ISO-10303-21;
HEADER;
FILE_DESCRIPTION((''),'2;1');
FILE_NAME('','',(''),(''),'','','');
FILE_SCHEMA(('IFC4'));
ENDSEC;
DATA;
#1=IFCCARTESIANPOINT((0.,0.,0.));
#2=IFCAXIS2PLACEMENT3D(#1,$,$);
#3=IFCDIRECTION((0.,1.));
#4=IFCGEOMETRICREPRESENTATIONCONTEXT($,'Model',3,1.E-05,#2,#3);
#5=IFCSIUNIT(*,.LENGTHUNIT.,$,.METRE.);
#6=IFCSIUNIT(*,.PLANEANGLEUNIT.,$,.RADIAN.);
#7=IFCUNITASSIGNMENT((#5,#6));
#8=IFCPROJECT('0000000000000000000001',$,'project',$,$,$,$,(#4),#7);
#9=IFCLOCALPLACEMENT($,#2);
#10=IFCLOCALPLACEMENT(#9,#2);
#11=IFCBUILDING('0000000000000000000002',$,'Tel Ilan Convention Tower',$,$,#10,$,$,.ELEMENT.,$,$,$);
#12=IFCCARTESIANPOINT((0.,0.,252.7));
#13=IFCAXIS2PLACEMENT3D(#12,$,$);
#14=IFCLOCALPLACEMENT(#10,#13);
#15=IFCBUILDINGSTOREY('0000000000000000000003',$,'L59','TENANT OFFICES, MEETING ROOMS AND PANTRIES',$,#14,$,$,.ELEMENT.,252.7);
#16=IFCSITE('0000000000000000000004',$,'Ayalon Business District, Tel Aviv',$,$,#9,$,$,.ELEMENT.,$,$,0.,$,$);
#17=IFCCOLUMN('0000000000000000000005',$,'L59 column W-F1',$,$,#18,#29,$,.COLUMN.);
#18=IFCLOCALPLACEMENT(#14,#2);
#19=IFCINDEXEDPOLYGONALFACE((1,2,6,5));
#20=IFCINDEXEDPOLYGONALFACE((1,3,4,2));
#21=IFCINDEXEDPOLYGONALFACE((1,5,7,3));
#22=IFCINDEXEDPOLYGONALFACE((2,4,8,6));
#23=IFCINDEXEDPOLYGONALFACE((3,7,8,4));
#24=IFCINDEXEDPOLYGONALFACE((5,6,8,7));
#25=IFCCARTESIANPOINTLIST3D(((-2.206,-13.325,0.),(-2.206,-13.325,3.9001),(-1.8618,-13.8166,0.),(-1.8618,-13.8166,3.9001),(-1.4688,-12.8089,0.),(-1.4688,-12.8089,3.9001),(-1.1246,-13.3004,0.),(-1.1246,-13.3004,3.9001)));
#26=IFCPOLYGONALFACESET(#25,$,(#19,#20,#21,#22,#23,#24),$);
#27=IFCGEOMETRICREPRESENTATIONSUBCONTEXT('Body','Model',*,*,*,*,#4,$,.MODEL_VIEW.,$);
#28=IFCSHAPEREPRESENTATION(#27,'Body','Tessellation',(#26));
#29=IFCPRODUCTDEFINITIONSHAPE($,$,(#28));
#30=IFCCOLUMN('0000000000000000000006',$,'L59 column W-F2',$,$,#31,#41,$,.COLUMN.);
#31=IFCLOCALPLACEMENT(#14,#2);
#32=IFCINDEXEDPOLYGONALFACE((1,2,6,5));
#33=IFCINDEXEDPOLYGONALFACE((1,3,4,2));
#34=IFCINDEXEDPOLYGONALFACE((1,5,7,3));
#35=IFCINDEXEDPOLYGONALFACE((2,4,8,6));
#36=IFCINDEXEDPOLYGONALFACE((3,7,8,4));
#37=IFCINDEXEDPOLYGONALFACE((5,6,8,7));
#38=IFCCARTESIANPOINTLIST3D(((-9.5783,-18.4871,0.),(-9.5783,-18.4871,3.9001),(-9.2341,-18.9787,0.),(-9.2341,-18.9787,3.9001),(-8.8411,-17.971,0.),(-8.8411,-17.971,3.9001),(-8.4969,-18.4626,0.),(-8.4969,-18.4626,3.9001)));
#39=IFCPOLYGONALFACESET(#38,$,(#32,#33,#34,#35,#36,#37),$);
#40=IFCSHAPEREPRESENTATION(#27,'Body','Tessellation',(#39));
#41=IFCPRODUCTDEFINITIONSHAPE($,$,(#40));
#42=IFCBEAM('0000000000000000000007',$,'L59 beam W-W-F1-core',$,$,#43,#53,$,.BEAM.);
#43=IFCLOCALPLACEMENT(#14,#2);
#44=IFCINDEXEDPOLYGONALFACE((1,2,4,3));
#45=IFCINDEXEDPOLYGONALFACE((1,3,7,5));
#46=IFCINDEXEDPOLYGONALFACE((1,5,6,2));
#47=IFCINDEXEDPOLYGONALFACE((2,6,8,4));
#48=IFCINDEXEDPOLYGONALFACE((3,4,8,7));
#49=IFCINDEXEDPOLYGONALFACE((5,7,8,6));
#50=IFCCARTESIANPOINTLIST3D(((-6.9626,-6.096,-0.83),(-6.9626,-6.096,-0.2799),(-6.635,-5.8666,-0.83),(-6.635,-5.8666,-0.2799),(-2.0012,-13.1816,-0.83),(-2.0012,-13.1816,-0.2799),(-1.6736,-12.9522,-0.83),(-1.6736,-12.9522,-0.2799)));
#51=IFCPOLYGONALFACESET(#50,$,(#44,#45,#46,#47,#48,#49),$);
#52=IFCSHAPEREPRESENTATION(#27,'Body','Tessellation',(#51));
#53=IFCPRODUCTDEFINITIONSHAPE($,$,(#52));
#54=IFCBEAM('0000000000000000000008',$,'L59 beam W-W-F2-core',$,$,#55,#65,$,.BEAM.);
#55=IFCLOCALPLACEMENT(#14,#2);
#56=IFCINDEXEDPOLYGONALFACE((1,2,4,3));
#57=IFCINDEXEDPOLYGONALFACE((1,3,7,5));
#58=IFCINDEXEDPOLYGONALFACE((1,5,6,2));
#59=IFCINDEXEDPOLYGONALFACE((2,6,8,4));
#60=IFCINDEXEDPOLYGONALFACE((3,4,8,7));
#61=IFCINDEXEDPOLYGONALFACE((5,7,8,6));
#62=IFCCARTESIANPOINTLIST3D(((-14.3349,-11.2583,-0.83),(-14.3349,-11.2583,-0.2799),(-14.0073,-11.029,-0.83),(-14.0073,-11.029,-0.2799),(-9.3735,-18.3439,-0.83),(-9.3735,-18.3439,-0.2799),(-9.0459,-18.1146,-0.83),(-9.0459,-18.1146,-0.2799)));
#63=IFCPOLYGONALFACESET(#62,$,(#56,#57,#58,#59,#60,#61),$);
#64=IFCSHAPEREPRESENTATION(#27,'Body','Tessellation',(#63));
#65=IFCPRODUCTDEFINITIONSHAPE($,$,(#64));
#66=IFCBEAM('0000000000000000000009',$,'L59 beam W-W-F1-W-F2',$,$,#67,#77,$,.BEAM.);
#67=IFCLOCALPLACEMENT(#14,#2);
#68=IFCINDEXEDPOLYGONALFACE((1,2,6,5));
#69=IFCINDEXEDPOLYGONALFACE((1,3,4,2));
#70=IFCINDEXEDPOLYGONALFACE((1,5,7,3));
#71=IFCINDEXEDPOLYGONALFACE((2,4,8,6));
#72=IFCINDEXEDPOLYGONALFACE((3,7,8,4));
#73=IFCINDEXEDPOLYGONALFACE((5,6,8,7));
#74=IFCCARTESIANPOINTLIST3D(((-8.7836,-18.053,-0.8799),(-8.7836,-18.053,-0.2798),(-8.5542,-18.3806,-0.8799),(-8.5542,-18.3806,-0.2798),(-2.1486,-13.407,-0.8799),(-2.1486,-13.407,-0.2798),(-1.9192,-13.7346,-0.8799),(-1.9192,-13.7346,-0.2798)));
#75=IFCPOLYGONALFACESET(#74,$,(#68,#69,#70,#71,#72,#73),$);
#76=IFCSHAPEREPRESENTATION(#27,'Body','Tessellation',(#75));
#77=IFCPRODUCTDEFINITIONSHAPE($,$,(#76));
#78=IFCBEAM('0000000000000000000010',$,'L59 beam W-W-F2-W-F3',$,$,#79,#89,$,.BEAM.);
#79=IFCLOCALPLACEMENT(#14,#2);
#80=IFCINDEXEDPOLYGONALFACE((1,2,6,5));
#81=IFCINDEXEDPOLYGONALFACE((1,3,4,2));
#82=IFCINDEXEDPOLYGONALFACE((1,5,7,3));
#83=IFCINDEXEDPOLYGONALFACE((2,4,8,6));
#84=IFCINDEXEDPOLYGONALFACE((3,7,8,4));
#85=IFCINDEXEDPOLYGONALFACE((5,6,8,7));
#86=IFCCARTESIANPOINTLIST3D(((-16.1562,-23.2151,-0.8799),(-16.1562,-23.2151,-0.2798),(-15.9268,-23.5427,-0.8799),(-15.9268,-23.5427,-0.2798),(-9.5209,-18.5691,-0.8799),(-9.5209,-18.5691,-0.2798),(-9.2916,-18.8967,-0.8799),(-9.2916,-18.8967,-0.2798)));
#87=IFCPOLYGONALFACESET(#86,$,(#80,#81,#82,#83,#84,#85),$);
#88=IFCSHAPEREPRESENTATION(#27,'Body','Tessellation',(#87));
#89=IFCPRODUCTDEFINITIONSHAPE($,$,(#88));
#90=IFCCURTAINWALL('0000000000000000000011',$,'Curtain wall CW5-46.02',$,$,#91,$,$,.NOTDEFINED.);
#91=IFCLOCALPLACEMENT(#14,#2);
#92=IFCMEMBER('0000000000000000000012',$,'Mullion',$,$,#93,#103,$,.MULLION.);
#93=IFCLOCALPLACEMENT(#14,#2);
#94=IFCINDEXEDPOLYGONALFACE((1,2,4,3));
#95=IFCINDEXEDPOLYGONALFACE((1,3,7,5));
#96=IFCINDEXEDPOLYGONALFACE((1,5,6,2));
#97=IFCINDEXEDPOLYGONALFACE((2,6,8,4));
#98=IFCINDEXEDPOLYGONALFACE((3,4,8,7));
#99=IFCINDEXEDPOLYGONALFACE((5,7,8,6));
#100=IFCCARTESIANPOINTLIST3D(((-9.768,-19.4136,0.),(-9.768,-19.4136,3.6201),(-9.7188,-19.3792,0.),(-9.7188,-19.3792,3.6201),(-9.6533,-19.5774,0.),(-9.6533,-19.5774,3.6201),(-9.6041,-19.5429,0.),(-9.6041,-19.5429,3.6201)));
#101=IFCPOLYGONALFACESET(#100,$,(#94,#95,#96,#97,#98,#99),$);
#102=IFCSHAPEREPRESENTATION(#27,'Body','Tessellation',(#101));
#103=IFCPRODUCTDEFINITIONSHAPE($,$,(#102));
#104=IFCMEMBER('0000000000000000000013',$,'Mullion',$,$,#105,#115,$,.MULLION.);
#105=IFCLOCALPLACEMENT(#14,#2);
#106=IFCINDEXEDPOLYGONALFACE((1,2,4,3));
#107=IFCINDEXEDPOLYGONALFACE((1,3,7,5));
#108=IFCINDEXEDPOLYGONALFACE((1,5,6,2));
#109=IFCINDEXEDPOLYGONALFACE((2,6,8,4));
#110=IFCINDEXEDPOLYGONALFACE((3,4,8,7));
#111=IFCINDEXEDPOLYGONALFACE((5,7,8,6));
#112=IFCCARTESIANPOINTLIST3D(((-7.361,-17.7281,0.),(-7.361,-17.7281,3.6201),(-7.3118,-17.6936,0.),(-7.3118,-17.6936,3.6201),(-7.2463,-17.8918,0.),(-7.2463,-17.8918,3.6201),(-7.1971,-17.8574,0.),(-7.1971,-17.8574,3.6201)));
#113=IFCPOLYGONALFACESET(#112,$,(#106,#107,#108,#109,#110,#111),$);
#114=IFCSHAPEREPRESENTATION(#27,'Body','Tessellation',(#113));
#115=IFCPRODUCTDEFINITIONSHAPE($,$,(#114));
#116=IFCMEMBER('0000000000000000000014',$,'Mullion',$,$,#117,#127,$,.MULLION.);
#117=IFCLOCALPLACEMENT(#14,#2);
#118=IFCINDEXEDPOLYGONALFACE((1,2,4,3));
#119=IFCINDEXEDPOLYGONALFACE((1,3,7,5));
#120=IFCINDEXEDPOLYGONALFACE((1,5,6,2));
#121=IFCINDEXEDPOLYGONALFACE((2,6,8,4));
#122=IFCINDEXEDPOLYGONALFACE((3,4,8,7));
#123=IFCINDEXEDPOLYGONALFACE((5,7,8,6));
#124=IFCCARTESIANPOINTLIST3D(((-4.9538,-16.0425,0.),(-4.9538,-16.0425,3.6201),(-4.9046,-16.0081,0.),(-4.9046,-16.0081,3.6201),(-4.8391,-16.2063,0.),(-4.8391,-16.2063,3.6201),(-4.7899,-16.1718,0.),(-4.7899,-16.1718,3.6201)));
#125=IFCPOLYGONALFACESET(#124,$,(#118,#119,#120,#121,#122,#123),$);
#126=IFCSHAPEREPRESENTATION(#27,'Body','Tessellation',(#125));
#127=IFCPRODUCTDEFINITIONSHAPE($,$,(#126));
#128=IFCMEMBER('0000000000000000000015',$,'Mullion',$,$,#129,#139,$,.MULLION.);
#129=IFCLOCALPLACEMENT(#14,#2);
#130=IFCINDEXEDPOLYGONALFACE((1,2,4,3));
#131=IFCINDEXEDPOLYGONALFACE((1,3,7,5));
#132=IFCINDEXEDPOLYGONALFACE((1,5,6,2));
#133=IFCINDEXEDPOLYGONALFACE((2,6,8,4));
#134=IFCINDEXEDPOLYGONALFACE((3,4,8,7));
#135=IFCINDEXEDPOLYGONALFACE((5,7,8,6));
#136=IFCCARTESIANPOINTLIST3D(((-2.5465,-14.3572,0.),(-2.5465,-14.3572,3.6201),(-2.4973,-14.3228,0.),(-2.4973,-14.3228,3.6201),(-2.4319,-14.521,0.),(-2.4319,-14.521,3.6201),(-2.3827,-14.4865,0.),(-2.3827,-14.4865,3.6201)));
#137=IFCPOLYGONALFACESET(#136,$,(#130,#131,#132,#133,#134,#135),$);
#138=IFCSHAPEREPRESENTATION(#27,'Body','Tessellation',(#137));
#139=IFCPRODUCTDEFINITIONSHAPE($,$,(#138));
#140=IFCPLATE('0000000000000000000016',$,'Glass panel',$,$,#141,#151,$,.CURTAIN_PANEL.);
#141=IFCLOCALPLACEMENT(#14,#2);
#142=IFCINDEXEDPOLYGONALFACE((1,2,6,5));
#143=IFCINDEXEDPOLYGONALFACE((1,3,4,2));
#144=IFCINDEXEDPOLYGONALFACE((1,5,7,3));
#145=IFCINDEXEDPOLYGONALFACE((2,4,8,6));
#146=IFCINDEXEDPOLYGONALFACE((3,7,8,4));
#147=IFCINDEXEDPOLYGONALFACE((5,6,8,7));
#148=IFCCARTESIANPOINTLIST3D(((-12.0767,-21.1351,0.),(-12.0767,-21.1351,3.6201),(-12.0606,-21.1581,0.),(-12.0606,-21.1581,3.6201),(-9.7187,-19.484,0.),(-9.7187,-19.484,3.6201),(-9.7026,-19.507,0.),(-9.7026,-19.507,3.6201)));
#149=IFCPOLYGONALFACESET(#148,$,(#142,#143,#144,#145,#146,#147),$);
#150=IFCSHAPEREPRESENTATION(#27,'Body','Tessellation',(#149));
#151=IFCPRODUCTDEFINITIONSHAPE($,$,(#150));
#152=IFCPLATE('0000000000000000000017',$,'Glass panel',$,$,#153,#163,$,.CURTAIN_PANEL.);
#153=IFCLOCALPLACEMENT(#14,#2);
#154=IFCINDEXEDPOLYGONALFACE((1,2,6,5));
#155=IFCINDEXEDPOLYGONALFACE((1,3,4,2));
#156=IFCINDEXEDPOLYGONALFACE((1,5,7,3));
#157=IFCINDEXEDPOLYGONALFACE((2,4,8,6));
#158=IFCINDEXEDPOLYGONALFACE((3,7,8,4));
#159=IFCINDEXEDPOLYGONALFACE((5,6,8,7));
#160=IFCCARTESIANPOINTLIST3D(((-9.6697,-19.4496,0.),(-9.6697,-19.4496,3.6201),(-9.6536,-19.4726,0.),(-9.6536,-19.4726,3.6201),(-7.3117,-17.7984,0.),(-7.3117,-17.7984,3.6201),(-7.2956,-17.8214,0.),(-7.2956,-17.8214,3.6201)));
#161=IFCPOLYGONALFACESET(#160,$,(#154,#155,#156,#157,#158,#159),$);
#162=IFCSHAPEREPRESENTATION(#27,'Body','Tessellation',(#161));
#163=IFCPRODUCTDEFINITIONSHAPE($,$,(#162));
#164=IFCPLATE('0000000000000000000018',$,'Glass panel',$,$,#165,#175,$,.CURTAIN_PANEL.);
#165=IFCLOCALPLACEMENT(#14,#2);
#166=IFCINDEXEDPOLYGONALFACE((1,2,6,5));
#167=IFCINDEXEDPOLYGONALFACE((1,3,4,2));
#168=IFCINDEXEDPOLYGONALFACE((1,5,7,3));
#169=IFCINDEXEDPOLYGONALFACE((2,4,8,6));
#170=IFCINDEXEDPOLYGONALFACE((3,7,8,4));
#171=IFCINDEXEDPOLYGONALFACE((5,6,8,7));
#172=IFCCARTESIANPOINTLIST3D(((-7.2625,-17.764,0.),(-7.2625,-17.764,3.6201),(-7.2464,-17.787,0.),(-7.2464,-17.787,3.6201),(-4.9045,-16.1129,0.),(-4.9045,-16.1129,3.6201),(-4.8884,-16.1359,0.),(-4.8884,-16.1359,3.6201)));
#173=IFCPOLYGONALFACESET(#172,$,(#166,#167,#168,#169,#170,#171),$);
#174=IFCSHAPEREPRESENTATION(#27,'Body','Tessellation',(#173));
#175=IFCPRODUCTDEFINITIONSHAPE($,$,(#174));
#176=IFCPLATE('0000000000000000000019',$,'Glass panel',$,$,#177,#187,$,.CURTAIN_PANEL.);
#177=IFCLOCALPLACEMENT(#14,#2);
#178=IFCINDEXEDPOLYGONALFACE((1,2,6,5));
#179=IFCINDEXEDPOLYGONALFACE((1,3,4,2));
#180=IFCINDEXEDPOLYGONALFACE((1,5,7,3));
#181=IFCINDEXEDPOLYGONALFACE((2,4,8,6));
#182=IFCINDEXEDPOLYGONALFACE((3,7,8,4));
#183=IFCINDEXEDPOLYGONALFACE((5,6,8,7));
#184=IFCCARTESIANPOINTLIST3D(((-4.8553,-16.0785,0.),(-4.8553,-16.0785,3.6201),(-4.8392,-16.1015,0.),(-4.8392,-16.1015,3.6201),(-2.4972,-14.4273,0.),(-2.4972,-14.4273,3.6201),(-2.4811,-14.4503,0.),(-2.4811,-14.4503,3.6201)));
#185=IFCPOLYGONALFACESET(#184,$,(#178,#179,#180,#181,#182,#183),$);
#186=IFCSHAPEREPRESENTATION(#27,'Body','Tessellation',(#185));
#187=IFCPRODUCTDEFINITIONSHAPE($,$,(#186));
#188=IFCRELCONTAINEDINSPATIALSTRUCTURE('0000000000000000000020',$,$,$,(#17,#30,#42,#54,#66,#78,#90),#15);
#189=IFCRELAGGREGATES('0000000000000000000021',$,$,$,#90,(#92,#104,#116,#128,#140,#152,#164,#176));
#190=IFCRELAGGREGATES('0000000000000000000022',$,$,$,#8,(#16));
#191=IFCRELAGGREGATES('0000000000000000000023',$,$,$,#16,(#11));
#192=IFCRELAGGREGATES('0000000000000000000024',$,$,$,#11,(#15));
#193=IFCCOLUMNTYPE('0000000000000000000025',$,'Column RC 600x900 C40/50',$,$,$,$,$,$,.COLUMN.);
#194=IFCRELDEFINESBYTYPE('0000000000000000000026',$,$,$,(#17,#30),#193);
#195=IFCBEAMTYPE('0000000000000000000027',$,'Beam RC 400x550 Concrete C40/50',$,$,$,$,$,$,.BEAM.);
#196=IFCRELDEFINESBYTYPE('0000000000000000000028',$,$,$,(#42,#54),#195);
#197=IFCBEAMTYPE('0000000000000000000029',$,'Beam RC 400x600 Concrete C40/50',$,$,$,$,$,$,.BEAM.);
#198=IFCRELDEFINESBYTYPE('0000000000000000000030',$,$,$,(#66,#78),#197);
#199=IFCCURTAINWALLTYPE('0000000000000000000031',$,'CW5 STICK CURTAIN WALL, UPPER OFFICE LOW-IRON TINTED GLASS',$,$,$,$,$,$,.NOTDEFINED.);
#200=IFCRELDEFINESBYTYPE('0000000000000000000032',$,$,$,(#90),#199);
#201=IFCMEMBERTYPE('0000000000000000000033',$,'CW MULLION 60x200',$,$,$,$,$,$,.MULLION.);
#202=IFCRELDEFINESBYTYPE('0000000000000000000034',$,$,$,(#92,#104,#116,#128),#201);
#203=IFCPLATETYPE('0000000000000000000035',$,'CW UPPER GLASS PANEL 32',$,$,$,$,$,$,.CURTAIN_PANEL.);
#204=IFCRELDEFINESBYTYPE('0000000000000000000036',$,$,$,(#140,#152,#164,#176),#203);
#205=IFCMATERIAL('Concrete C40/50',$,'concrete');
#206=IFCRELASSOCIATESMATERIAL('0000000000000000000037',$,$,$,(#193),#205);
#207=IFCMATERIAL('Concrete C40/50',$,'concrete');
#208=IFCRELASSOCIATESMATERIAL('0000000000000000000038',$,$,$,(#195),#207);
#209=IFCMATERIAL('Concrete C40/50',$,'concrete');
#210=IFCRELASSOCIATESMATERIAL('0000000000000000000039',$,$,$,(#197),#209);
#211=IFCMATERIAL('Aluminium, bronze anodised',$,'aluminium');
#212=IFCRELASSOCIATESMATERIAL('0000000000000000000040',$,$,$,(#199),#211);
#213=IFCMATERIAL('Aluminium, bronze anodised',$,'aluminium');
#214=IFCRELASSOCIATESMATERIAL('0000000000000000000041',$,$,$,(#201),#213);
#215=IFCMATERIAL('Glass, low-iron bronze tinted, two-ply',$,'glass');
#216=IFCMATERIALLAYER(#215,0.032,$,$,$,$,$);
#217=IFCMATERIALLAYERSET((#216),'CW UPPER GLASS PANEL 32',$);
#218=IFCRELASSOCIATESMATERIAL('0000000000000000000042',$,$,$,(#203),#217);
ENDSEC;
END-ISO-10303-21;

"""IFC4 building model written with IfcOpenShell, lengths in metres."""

from ifc_helpers import new_model, si_unit, direction, frame, origin, origin_2d, place, context, subcontext, project, spatial, rectangle, extrude, material, layer, layer_set, material_profile, profile_set, type_object, element, aggregate, save


model = new_model("IFC4")

# Units and contexts
model_context = context("Model", 3, precision=1e-05, world=origin(), true_north=direction((0.0, 1.0)))
body_context = subcontext(model_context, "Body", "Model", "MODEL_VIEW")
ifc_project = project(units=[si_unit("LENGTHUNIT", "METRE"), si_unit("PLANEANGLEUNIT", "RADIAN")], contexts=[model_context])

# Site, building, storey
site_placement = place(None, origin())
site = spatial("IfcSite", under=ifc_project, at=site_placement, Name="Ayalon Business District, Tel Aviv", CompositionType="ELEMENT", RefElevation=0.0)
building_placement = place(site_placement, origin())
building = spatial("IfcBuilding", under=site, at=building_placement, Name="Tel Ilan Convention Tower", CompositionType="ELEMENT")
storey_placement = place(building_placement, frame((0.0, 0.0, 252.7)))
storey = spatial("IfcBuildingStorey", under=building, at=storey_placement, Name="L59", Description="TENANT OFFICES, MEETING ROOMS AND PANTRIES", CompositionType="ELEMENT", Elevation=252.7)

# Columns
ifc_material_1 = material(Name="Concrete C40/50", Category="concrete")
ifc_material_profile_1 = material_profile(ifc_material_1, rectangle(XDim=0.8999, YDim=0.6001, at=origin_2d()), Name="RC 600x900")
ifc_profile_set_1 = profile_set([ifc_material_profile_1], Name="Concrete C40/50")
column_type = type_object("IfcColumnType", Name="Column RC 600x900 C40/50", PredefinedType="COLUMN", material=ifc_profile_set_1)
for number, where, z_axis, x_axis, name in (
    (1, (-1.6653, -13.3127, 0.0), (0.0, 0.0, 1.0), (-0.819152, -0.573576, 0.0), "L59 column W-F1"),
    (2, (-9.0376, -18.4749, 0.0), (0.0, 0.0, 1.0), (-0.819152, -0.573576, 0.0), "L59 column W-F2"),
):
    element("IfcColumn", number, at=place(storey_placement, frame(where, z_axis=z_axis, x_axis=x_axis)), inside=storey, type_object=column_type, Name=name, PredefinedType="COLUMN", context=body_context, shape_type="SweptSolid", body=[
        extrude(rectangle(XDim=0.8999, YDim=0.6001, at=origin_2d()), origin(), (0.0, 0.0, 1.0), 3.9001),
    ])

# Beams
ifc_material_2 = material(Name="Concrete C40/50", Category="concrete")
ifc_material_profile_2 = material_profile(ifc_material_2, rectangle(XDim=0.3999, YDim=0.55, at=origin_2d()), Name="RC 400x550")
ifc_profile_set_2 = profile_set([ifc_material_profile_2], Name="Concrete C40/50")
beam_type_1 = type_object("IfcBeamType", Name="Beam RC 400x550 Concrete C40/50", PredefinedType="BEAM", material=ifc_profile_set_2)
for number, where, z_axis, x_axis, name in (
    (3, (-1.8374, -13.0669, -0.5549), (-0.573574, 0.819154, 0.0), (-0.819154, -0.573574, 0.0), "L59 beam W-W-F1-core"),
    (4, (-9.2097, -18.2292, -0.5549), (-0.573574, 0.819154, 0.0), (-0.819154, -0.573574, 0.0), "L59 beam W-W-F2-core"),
):
    element("IfcBeam", number, at=place(storey_placement, frame(where, z_axis=z_axis, x_axis=x_axis)), inside=storey, type_object=beam_type_1, Name=name, PredefinedType="BEAM", context=body_context, shape_type="SweptSolid", body=[
        extrude(rectangle(XDim=0.3999, YDim=0.55, at=origin_2d()), origin(), (0.0, 0.0, 1.0), 8.6499),
    ])
ifc_material_3 = material(Name="Concrete C40/50", Category="concrete")
ifc_material_profile_3 = material_profile(ifc_material_3, rectangle(XDim=0.3999, YDim=0.6001, at=origin_2d()), Name="RC 400x600")
ifc_profile_set_3 = profile_set([ifc_material_profile_3], Name="Concrete C40/50")
beam_type_2 = type_object("IfcBeamType", Name="Beam RC 400x600 Concrete C40/50", PredefinedType="BEAM", material=ifc_profile_set_3)
beam_1_placement = place(storey_placement, frame((-2.0339, -13.5708, -0.5798), z_axis=(-0.819146, -0.573586, 0.0), x_axis=(0.573586, -0.819146, 0.0)))
element("IfcBeam", 5, at=beam_1_placement, inside=storey, type_object=beam_type_2, Name="L59 beam W-W-F1-W-F2", PredefinedType="BEAM", context=body_context, shape_type="SweptSolid", body=[
    extrude(rectangle(XDim=0.3999, YDim=0.6001, at=origin_2d()), origin(), (0.0, 0.0, 1.0), 8.0999),
])
beam_2_placement = place(storey_placement, frame((-9.4062, -18.7329, -0.5798), z_axis=(-0.819155, -0.573572, 0.0), x_axis=(0.573572, -0.819155, 0.0)))
element("IfcBeam", 6, at=beam_2_placement, inside=storey, type_object=beam_type_2, Name="L59 beam W-W-F2-W-F3", PredefinedType="BEAM", context=body_context, shape_type="SweptSolid", body=[
    extrude(rectangle(XDim=0.3999, YDim=0.6001, at=origin_2d()), origin(), (0.0, 0.0, 1.0), 8.1001),
])

# Curtain wall, members, plates
ifc_material_4 = material(Name="Aluminium, bronze anodised", Category="aluminium")
curtain_wall_type = type_object("IfcCurtainWallType", Name="CW5 STICK CURTAIN WALL, UPPER OFFICE LOW-IRON TINTED GLASS", PredefinedType="NOTDEFINED", material=ifc_material_4)
curtain_wall_placement = place(storey_placement, origin())
curtain_wall = element("IfcCurtainWall", 7, at=curtain_wall_placement, inside=storey, type_object=curtain_wall_type, Name="Curtain wall CW5-46.02", PredefinedType="NOTDEFINED")
ifc_material_5 = material(Name="Aluminium, bronze anodised", Category="aluminium")
ifc_material_profile_4 = material_profile(ifc_material_5, rectangle(XDim=0.0601, YDim=0.2, at=origin_2d()), Name="CW MULLION 60x200")
ifc_profile_set_4 = profile_set([ifc_material_profile_4], Name="Aluminium, bronze anodised")
member_type = type_object("IfcMemberType", Name="CW MULLION 60x200", PredefinedType="MULLION", material=ifc_profile_set_4)
member_1_placement = place(storey_placement, frame((-9.686, -19.4783, 0.0), z_axis=(0.0, 0.0, 1.0), x_axis=(0.819152, 0.573576, 0.0)))
member_1 = element("IfcMember", 8, at=member_1_placement, type_object=member_type, Name="Mullion", PredefinedType="MULLION", context=body_context, shape_type="SweptSolid", body=[
    extrude(rectangle(XDim=0.0601, YDim=0.2, at=origin_2d()), origin(), (0.0, 0.0, 1.0), 3.6201),
])
member_2_placement = place(storey_placement, frame((-7.2791, -17.7927, 0.0), z_axis=(0.0, 0.0, 1.0), x_axis=(0.819152, 0.573576, 0.0)))
member_2 = element("IfcMember", 9, at=member_2_placement, type_object=member_type, Name="Mullion", PredefinedType="MULLION", context=body_context, shape_type="SweptSolid", body=[
    extrude(rectangle(XDim=0.0601, YDim=0.2, at=origin_2d()), origin(), (0.0, 0.0, 1.0), 3.6201),
])
member_3_placement = place(storey_placement, frame((-4.8718, -16.1072, 0.0), z_axis=(0.0, 0.0, 1.0), x_axis=(0.819152, 0.573576, 0.0)))
member_3 = element("IfcMember", 10, at=member_3_placement, type_object=member_type, Name="Mullion", PredefinedType="MULLION", context=body_context, shape_type="SweptSolid", body=[
    extrude(rectangle(XDim=0.0601, YDim=0.2, at=origin_2d()), origin(), (0.0, 0.0, 1.0), 3.6201),
])
member_4_placement = place(storey_placement, frame((-2.4646, -14.4219, 0.0), z_axis=(0.0, 0.0, 1.0), x_axis=(0.819152, 0.573576, 0.0)))
member_4 = element("IfcMember", 11, at=member_4_placement, type_object=member_type, Name="Mullion", PredefinedType="MULLION", context=body_context, shape_type="SweptSolid", body=[
    extrude(rectangle(XDim=0.0601, YDim=0.2, at=origin_2d()), origin(), (0.0, 0.0, 1.0), 3.6201),
])
ifc_material_6 = material(Name="Glass, low-iron bronze tinted, two-ply", Category="glass")
ifc_layer_1 = layer(ifc_material_6, 0.032)
ifc_layer_set_1 = layer_set([ifc_layer_1], Name="CW UPPER GLASS PANEL 32")
plate_type = type_object("IfcPlateType", Name="CW UPPER GLASS PANEL 32", PredefinedType="CURTAIN_PANEL", material=ifc_layer_set_1)
plate_1_placement = place(storey_placement, frame((-10.8896, -20.321, 0.0), z_axis=(0.0, 0.0, 1.0), x_axis=(0.819152, 0.573576, 0.0)))
plate_1 = element("IfcPlate", 12, at=plate_1_placement, type_object=plate_type, Name="Glass panel", PredefinedType="CURTAIN_PANEL", context=body_context, shape_type="SweptSolid", body=[
    extrude(rectangle(XDim=2.8787, YDim=0.0281, at=origin_2d()), origin(), (0.0, 0.0, 1.0), 3.6201),
])
plate_2_placement = place(storey_placement, frame((-8.4827, -18.6355, 0.0), z_axis=(0.0, 0.0, 1.0), x_axis=(0.819152, 0.573576, 0.0)))
plate_2 = element("IfcPlate", 13, at=plate_2_placement, type_object=plate_type, Name="Glass panel", PredefinedType="CURTAIN_PANEL", context=body_context, shape_type="SweptSolid", body=[
    extrude(rectangle(XDim=2.8787, YDim=0.0281, at=origin_2d()), origin(), (0.0, 0.0, 1.0), 3.6201),
])
plate_3_placement = place(storey_placement, frame((-6.0754, -16.95, 0.0), z_axis=(0.0, 0.0, 1.0), x_axis=(0.819152, 0.573576, 0.0)))
plate_3 = element("IfcPlate", 14, at=plate_3_placement, type_object=plate_type, Name="Glass panel", PredefinedType="CURTAIN_PANEL", context=body_context, shape_type="SweptSolid", body=[
    extrude(rectangle(XDim=2.8787, YDim=0.0281, at=origin_2d()), origin(), (0.0, 0.0, 1.0), 3.6201),
])
plate_4_placement = place(storey_placement, frame((-3.6682, -15.2644, 0.0), z_axis=(0.0, 0.0, 1.0), x_axis=(0.819152, 0.573576, 0.0)))
plate_4 = element("IfcPlate", 15, at=plate_4_placement, type_object=plate_type, Name="Glass panel", PredefinedType="CURTAIN_PANEL", context=body_context, shape_type="SweptSolid", body=[
    extrude(rectangle(XDim=2.8787, YDim=0.0281, at=origin_2d()), origin(), (0.0, 0.0, 1.0), 3.6201),
])
aggregate(curtain_wall, [member_1, member_2, member_3, member_4, plate_1, plate_2, plate_3, plate_4])

save(model, "model.ifc")
